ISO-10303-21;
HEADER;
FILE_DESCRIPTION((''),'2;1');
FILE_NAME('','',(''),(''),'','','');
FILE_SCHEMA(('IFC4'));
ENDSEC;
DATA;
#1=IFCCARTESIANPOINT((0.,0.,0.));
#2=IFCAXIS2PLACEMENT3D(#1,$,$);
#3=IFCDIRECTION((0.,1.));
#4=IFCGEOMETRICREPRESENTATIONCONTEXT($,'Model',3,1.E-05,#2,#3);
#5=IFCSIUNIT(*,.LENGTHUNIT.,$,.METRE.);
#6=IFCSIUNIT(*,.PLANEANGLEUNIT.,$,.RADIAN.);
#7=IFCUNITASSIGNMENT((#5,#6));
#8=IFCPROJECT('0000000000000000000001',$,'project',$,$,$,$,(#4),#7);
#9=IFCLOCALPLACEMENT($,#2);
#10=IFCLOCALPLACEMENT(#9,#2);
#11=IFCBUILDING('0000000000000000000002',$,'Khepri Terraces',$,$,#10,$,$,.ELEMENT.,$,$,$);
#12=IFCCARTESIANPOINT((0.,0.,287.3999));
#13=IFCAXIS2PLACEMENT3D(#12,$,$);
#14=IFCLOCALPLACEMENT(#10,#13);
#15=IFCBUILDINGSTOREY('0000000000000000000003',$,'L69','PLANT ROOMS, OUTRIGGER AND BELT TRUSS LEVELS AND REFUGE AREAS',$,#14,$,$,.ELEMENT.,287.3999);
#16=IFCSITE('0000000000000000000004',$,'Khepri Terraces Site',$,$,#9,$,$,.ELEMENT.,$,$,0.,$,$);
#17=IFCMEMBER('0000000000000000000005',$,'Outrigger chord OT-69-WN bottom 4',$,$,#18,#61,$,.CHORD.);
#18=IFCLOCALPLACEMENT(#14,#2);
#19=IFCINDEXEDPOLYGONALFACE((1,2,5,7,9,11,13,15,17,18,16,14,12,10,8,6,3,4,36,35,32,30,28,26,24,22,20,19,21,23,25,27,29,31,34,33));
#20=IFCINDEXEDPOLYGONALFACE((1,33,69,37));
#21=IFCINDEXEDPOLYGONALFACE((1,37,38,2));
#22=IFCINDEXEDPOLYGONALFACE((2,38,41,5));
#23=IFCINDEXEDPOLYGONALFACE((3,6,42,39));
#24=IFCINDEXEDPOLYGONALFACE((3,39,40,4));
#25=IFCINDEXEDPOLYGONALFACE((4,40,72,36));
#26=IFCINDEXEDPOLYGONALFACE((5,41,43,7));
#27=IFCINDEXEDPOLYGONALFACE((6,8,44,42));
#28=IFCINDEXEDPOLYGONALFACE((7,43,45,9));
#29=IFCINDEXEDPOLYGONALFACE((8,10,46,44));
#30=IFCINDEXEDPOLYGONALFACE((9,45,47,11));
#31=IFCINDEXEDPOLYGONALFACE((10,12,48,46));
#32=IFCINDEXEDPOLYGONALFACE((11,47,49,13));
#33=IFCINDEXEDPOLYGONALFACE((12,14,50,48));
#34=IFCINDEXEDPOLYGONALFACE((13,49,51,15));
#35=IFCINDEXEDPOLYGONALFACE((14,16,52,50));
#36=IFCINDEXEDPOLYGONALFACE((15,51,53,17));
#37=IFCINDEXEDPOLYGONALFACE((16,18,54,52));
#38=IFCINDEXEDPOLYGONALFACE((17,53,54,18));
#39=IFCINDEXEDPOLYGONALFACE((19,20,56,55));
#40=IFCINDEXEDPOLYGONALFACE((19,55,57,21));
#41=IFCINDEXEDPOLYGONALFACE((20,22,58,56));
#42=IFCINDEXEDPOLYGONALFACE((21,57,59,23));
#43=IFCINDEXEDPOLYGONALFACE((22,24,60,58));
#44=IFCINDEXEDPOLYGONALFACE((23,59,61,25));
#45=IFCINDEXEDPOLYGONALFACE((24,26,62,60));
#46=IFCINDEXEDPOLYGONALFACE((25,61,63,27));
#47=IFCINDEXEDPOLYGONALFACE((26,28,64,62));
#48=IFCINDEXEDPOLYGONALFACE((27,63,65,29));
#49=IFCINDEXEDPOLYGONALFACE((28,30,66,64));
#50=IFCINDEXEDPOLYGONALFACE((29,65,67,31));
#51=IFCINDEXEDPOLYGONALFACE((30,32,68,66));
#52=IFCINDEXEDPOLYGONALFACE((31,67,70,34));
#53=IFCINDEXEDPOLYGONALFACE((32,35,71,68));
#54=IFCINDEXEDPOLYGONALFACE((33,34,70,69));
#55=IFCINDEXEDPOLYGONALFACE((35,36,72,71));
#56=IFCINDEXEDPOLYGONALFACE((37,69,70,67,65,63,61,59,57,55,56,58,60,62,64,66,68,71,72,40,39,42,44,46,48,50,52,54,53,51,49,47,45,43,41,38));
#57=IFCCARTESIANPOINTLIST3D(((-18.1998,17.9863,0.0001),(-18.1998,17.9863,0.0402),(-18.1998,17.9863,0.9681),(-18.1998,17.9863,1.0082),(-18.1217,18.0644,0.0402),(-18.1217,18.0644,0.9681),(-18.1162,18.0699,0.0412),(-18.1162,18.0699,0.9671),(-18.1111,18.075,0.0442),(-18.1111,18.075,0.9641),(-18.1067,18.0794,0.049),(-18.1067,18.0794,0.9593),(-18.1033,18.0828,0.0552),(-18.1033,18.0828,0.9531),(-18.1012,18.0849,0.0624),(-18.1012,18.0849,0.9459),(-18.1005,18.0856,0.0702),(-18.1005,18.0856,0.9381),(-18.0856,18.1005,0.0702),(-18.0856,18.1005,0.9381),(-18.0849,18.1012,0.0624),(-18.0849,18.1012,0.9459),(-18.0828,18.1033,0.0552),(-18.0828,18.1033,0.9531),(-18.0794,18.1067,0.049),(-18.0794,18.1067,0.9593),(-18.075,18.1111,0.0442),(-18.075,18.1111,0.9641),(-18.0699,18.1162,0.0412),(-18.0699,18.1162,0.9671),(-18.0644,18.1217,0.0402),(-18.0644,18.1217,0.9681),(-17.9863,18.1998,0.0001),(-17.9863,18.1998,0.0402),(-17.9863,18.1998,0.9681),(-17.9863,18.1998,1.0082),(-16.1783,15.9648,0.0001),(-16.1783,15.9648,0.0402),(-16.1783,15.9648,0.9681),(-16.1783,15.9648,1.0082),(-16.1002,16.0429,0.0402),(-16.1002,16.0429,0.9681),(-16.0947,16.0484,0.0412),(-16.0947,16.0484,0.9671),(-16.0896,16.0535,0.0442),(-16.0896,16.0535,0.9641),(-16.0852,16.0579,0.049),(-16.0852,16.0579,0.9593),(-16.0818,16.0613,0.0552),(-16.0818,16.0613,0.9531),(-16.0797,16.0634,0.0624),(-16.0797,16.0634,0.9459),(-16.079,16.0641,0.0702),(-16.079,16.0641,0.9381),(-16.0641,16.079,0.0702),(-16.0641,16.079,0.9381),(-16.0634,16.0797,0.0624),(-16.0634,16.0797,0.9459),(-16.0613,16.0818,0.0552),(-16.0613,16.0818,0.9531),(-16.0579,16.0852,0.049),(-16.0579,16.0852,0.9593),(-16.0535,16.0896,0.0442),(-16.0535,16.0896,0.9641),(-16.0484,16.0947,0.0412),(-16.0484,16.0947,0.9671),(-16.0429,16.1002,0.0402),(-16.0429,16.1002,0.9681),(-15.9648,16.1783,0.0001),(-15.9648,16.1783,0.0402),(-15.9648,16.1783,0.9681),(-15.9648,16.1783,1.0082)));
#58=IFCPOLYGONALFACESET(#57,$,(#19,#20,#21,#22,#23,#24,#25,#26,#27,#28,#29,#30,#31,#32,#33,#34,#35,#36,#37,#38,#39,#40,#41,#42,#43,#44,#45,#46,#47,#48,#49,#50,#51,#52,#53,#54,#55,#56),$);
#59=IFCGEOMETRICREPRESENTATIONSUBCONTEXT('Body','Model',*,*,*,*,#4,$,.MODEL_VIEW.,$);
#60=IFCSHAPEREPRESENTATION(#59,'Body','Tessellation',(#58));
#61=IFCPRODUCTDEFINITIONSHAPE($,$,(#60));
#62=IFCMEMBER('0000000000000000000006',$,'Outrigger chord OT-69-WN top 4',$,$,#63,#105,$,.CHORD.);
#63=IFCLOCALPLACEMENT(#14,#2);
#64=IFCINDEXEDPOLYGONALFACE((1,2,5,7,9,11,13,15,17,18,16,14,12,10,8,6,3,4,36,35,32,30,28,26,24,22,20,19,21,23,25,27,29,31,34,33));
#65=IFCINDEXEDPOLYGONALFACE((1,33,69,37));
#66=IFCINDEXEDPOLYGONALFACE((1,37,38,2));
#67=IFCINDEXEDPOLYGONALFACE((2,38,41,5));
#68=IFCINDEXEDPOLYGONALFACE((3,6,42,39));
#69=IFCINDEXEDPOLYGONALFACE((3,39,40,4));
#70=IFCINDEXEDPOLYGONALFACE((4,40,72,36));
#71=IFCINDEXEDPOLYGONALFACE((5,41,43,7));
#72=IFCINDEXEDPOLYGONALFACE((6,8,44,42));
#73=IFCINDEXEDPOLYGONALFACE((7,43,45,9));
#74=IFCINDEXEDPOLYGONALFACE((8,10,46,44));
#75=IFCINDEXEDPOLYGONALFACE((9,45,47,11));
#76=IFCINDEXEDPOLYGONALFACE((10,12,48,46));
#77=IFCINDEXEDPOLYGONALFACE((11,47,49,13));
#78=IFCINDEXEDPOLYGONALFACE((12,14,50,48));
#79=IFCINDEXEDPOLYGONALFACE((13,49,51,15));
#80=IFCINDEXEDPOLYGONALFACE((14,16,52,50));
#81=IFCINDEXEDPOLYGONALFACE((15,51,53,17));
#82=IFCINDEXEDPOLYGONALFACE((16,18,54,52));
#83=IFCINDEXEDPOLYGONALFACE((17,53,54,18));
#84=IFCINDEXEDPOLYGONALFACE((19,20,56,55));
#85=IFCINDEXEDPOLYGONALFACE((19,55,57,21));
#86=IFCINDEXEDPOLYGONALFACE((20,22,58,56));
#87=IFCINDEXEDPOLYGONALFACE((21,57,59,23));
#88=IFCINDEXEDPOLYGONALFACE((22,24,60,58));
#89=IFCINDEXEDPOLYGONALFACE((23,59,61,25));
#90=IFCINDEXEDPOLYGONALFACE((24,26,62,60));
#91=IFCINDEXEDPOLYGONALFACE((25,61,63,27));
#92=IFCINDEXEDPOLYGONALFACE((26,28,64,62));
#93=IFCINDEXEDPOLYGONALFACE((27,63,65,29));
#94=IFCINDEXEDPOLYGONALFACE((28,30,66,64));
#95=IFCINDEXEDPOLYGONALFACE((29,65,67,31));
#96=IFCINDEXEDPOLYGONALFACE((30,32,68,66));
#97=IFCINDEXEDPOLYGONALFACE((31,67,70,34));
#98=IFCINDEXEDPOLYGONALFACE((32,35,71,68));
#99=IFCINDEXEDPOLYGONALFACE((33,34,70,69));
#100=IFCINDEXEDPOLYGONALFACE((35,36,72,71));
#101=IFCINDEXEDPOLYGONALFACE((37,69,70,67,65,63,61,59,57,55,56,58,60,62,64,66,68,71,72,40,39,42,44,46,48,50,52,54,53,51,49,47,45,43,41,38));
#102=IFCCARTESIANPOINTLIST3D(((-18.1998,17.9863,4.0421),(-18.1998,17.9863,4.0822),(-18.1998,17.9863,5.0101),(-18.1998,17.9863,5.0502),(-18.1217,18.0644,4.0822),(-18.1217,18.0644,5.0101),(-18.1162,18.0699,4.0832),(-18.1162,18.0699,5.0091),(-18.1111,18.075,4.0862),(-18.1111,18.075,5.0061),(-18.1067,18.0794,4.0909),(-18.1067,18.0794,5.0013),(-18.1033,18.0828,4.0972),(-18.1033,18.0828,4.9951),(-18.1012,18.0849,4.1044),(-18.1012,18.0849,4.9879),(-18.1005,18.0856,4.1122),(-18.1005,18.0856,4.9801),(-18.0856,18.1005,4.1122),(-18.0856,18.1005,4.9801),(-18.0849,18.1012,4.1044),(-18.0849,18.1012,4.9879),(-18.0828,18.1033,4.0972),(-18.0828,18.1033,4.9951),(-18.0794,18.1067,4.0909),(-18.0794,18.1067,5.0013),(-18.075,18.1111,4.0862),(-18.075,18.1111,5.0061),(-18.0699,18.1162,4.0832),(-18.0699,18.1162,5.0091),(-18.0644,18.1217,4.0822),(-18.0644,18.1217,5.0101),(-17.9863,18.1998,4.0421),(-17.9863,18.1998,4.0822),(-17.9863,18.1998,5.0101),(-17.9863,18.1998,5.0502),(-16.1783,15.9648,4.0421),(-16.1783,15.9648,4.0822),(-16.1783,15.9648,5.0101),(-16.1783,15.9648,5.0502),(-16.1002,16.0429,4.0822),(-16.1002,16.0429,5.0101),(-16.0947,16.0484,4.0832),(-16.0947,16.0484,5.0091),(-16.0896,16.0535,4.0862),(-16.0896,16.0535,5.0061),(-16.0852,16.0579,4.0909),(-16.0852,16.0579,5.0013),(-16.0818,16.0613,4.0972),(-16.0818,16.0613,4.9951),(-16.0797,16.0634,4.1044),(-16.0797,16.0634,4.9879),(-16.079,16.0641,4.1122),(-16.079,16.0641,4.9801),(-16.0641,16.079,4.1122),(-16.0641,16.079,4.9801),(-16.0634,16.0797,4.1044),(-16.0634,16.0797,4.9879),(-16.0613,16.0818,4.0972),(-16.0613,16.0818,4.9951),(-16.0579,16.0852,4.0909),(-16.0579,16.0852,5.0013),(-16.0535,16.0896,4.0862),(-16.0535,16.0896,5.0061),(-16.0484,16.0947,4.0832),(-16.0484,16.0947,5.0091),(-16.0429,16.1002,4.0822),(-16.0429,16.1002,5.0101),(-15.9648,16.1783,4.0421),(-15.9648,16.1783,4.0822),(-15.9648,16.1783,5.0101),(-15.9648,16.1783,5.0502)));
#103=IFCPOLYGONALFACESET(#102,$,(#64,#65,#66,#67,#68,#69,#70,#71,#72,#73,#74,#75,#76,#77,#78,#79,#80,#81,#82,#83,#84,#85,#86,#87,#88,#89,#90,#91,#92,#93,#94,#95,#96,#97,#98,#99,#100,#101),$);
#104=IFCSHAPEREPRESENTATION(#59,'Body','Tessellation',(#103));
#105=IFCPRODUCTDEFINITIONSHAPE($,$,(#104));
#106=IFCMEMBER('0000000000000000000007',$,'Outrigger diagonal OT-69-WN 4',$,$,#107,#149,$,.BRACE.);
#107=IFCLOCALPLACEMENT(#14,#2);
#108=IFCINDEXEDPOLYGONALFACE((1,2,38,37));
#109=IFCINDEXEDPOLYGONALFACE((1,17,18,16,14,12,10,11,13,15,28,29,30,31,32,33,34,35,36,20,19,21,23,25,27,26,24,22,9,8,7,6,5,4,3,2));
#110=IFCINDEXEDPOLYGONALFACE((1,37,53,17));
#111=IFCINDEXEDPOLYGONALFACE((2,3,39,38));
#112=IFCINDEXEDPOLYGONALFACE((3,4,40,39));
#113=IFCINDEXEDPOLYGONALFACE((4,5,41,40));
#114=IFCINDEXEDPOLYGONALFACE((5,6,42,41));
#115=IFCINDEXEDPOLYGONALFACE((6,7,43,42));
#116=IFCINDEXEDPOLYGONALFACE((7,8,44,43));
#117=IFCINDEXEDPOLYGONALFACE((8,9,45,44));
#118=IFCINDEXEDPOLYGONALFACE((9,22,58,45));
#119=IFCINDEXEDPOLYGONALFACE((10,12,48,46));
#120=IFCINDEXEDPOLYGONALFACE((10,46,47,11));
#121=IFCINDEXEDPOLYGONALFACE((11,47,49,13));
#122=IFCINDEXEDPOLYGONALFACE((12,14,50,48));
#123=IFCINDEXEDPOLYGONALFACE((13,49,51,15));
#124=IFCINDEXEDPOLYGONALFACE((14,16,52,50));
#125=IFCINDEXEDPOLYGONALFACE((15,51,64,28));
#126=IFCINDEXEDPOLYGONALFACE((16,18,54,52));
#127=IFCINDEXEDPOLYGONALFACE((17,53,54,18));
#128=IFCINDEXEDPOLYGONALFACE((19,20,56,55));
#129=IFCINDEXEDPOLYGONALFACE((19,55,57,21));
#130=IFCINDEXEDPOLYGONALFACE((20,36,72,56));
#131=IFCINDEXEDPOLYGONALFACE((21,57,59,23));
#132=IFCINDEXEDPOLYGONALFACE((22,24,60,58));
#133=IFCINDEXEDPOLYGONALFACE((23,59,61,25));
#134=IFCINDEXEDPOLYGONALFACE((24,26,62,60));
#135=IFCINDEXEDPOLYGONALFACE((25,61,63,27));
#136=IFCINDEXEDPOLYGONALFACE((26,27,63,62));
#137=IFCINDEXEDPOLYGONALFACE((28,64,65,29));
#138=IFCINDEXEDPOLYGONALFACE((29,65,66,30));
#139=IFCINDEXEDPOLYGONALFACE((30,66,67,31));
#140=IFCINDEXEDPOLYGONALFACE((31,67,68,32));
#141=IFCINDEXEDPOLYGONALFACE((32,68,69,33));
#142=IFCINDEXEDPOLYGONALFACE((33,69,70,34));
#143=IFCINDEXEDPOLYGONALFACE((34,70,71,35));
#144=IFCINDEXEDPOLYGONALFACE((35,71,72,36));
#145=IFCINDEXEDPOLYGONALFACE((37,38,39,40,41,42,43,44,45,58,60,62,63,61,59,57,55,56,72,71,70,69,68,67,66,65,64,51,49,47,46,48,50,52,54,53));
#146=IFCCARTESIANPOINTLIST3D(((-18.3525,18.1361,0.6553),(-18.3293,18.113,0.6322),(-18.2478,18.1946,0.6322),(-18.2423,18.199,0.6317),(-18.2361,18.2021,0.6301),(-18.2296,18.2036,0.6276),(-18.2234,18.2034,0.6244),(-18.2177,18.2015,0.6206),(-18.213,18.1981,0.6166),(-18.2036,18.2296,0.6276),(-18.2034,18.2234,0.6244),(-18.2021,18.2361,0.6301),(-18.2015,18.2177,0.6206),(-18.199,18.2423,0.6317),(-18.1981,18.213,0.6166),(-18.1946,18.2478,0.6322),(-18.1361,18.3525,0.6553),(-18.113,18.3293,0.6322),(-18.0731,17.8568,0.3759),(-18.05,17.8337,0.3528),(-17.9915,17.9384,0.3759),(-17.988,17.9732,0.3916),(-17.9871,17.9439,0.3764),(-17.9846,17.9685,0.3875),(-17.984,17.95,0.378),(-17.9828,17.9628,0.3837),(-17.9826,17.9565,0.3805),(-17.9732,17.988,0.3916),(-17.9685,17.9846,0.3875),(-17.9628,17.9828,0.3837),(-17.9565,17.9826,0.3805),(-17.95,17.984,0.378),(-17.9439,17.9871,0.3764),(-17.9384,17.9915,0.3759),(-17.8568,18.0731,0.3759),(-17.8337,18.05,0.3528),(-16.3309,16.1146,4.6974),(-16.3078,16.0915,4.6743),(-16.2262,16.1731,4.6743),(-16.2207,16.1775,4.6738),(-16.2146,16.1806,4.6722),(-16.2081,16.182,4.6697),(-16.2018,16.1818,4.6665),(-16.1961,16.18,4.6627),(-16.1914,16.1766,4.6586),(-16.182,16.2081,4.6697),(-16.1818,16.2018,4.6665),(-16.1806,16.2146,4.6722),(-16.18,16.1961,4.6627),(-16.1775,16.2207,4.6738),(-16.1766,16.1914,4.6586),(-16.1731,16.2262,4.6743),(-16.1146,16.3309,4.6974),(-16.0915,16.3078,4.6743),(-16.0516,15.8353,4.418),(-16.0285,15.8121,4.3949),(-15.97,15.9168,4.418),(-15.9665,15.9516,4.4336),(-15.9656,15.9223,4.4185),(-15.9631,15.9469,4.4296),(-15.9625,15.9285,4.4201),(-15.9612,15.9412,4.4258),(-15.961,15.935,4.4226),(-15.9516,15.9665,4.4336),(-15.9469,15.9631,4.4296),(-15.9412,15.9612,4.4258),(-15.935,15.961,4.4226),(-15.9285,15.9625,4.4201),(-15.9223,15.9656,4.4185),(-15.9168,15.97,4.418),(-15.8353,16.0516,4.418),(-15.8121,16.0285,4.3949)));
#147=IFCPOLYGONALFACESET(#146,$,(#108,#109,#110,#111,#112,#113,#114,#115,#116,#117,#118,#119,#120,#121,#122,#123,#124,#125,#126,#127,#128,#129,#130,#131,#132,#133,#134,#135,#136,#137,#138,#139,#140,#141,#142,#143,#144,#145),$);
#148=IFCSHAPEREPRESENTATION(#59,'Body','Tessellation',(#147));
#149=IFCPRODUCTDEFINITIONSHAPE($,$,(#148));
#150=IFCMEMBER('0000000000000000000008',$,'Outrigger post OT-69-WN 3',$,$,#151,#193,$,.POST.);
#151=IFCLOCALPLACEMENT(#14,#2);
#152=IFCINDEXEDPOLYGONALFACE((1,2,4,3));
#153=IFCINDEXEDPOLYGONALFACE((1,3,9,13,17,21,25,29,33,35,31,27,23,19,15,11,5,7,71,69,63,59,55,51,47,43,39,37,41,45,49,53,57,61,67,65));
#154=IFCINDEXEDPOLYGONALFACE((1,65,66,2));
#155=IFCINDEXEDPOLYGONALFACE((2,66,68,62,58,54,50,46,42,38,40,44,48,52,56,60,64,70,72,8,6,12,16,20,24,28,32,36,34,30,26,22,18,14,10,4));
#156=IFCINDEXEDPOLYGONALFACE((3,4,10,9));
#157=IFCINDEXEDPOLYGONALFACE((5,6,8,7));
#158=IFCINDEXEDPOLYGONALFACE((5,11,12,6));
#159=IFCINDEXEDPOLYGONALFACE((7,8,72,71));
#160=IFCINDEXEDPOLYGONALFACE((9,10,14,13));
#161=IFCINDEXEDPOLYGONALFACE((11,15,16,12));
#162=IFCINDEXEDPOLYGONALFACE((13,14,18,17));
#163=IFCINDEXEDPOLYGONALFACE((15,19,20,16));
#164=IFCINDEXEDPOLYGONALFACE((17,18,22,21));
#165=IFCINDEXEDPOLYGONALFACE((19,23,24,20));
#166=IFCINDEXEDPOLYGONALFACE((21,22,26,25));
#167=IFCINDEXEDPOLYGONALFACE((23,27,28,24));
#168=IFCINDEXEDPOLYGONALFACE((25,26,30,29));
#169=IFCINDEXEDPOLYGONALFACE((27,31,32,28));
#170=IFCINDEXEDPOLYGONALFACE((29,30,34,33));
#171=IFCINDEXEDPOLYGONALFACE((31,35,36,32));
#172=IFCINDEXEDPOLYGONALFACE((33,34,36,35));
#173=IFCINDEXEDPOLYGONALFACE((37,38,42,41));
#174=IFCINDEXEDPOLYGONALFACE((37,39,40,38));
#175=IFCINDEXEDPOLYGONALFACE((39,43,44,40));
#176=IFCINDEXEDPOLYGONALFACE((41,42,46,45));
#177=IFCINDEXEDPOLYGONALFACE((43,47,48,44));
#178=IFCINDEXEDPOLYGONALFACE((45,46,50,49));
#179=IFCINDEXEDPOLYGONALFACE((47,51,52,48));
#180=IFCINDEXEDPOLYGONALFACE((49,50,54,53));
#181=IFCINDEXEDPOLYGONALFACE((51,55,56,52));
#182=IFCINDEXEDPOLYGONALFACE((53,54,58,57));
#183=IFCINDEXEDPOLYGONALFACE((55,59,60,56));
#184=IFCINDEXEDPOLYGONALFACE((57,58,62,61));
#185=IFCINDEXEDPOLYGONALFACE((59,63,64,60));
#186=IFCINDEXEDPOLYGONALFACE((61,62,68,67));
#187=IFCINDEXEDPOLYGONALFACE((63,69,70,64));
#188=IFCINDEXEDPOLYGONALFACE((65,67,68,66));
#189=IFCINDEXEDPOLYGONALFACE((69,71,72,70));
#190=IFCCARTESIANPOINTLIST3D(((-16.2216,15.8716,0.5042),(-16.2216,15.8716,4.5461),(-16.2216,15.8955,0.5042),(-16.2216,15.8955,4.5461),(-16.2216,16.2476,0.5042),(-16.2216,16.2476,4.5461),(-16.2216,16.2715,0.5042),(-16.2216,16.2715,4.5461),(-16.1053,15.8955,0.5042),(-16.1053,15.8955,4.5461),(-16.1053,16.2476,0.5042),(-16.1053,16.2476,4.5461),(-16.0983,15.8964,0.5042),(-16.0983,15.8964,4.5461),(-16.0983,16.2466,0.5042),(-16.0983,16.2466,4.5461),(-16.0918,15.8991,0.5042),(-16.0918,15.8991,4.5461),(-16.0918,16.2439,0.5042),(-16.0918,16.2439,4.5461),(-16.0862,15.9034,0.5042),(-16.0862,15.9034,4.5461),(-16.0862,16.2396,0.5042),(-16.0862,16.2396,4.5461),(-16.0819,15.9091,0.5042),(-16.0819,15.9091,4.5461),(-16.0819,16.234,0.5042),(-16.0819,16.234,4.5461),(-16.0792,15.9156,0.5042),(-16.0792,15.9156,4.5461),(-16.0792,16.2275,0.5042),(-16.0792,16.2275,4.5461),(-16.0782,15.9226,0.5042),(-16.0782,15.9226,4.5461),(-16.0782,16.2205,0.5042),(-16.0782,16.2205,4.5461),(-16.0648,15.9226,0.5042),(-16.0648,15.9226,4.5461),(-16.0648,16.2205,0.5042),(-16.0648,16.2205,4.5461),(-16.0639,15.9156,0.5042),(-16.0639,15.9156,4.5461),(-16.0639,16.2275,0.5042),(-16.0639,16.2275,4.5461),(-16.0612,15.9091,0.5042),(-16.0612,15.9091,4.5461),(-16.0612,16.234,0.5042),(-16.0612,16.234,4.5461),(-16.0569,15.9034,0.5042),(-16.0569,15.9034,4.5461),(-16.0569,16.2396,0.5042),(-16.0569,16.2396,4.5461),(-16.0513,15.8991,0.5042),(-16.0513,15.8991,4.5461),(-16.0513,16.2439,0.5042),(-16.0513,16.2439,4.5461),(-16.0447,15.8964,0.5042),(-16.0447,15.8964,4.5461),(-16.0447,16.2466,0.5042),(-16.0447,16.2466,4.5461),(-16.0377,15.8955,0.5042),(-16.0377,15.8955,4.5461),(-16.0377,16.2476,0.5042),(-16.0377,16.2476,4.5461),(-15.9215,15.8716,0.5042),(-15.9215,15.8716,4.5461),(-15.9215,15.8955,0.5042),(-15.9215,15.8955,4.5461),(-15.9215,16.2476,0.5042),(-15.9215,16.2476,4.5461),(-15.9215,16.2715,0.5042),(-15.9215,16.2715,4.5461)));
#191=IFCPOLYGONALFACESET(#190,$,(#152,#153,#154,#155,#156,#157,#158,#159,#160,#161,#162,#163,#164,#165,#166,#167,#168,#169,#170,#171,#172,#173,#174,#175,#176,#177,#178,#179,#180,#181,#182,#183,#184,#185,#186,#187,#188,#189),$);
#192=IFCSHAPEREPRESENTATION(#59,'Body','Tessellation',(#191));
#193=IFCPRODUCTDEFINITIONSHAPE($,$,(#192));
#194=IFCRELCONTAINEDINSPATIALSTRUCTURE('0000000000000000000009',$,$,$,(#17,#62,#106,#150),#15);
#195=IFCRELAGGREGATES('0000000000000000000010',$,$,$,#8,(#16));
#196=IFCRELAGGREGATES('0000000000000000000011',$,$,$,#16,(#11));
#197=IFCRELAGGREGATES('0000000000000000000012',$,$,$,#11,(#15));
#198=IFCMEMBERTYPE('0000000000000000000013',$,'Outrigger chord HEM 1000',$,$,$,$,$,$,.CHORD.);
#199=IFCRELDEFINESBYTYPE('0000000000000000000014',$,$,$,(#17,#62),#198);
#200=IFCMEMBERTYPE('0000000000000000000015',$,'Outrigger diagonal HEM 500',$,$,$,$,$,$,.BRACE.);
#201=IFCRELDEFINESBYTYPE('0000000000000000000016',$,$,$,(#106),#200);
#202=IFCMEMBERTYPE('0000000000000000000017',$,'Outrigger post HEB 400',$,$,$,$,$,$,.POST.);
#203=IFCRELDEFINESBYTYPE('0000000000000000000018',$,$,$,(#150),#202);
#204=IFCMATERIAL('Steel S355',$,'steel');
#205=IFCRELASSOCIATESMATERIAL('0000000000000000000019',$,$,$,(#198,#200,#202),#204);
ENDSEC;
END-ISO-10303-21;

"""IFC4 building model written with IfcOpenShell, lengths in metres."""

from ifc_helpers import new_model, si_unit, direction, frame, origin, origin_2d, place, context, subcontext, project, spatial, i_section, extrude, material, material_profile, profile_set, type_object, element, save


model = new_model("IFC4")

# Units and contexts
model_context = context("Model", 3, precision=1e-05, world=origin(), true_north=direction((0.0, 1.0)))
body_context = subcontext(model_context, "Body", "Model", "MODEL_VIEW")
ifc_project = project(units=[si_unit("LENGTHUNIT", "METRE"), si_unit("PLANEANGLEUNIT", "RADIAN")], contexts=[model_context])

# Site, building, storey
site_placement = place(None, origin())
site = spatial("IfcSite", under=ifc_project, at=site_placement, Name="Khepri Terraces Site", CompositionType="ELEMENT", RefElevation=0.0)
building_placement = place(site_placement, origin())
building = spatial("IfcBuilding", under=site, at=building_placement, Name="Khepri Terraces", CompositionType="ELEMENT")
storey_placement = place(building_placement, frame((0.0, 0.0, 287.3999)))
storey = spatial("IfcBuildingStorey", under=building, at=storey_placement, Name="L69", Description="PLANT ROOMS, OUTRIGGER AND BELT TRUSS LEVELS AND REFUGE AREAS", CompositionType="ELEMENT", Elevation=287.3999)

# Members
ifc_material_1 = material(Name="Steel S355", Category="steel")
ifc_material_profile_1 = material_profile(ifc_material_1, i_section(OverallWidth=0.302, OverallDepth=1.0081, WebThickness=0.021, FlangeThickness=0.04, FilletRadius=0.03, at=origin_2d()), Name="Steel S355", Category="steel")
ifc_profile_set_1 = profile_set([ifc_material_profile_1], Name="Steel S355")
member_type_1 = type_object("IfcMemberType", Name="Outrigger chord HEM 1000", PredefinedType="CHORD", material=ifc_profile_set_1)
for number, where, z_axis, x_axis, name in (
    (1, (-16.0715, 16.0715, 0.5042), (-0.707107, 0.707107, 0.0), (-0.707107, -0.707107, 0.0), "Outrigger chord OT-69-WN bottom 4"),
    (2, (-16.0715, 16.0715, 4.5461), (-0.707107, 0.707107, 0.0), (-0.707107, -0.707107, 0.0), "Outrigger chord OT-69-WN top 4"),
):
    element("IfcMember", number, at=place(storey_placement, frame(where, z_axis=z_axis, x_axis=x_axis)), inside=storey, type_object=member_type_1, Name=name, PredefinedType="CHORD", context=body_context, shape_type="SweptSolid", body=[
        extrude(i_section(OverallWidth=0.302, OverallDepth=1.0081, WebThickness=0.021, FlangeThickness=0.04, FilletRadius=0.03, at=origin_2d()), origin(), (0.0, 0.0, 1.0), 2.8589),
    ])
ifc_material_profile_2 = material_profile(ifc_material_1, i_section(OverallWidth=0.3059, OverallDepth=0.5239, WebThickness=0.021, FlangeThickness=0.04, FilletRadius=0.0271, at=origin_2d()), Name="Steel S355", Category="steel")
ifc_profile_set_2 = profile_set([ifc_material_profile_2], Name="Steel S355")
member_type_2 = type_object("IfcMemberType", Name="Outrigger diagonal HEM 500", PredefinedType="BRACE", material=ifc_profile_set_2)
member_1_placement = place(storey_placement, frame((-16.0715, 16.0715, 4.5461), z_axis=(-0.408314, 0.408314, -0.816431), x_axis=(-0.707107, -0.707107, 0.0)))
element("IfcMember", 3, at=member_1_placement, inside=storey, type_object=member_type_2, Name="Outrigger diagonal OT-69-WN 4", PredefinedType="BRACE", context=body_context, shape_type="SweptSolid", body=[
    extrude(i_section(OverallWidth=0.3059, OverallDepth=0.5239, WebThickness=0.021, FlangeThickness=0.04, FilletRadius=0.0271, at=origin_2d()), origin(), (0.0, 0.0, 1.0), 4.9509),
])
ifc_material_profile_3 = material_profile(ifc_material_1, i_section(OverallWidth=0.3, OverallDepth=0.3999, WebThickness=0.0134, FlangeThickness=0.0239, FilletRadius=0.0271, at=origin_2d()), Name="Steel S355", Category="steel")
ifc_profile_set_3 = profile_set([ifc_material_profile_3], Name="Steel S355")
member_type_3 = type_object("IfcMemberType", Name="Outrigger post HEB 400", PredefinedType="POST", material=ifc_profile_set_3)
member_2_placement = place(storey_placement, frame((-16.0715, 16.0715, 0.5042), z_axis=(0.0, 0.0, 1.0), x_axis=(1.0, 0.0, 0.0)))
element("IfcMember", 4, at=member_2_placement, inside=storey, type_object=member_type_3, Name="Outrigger post OT-69-WN 3", PredefinedType="POST", context=body_context, shape_type="SweptSolid", body=[
    extrude(i_section(OverallWidth=0.3, OverallDepth=0.3999, WebThickness=0.0134, FlangeThickness=0.0239, FilletRadius=0.0271, at=origin_2d()), origin(), (0.0, 0.0, 1.0), 4.042),
])

save(model, "model.ifc")
